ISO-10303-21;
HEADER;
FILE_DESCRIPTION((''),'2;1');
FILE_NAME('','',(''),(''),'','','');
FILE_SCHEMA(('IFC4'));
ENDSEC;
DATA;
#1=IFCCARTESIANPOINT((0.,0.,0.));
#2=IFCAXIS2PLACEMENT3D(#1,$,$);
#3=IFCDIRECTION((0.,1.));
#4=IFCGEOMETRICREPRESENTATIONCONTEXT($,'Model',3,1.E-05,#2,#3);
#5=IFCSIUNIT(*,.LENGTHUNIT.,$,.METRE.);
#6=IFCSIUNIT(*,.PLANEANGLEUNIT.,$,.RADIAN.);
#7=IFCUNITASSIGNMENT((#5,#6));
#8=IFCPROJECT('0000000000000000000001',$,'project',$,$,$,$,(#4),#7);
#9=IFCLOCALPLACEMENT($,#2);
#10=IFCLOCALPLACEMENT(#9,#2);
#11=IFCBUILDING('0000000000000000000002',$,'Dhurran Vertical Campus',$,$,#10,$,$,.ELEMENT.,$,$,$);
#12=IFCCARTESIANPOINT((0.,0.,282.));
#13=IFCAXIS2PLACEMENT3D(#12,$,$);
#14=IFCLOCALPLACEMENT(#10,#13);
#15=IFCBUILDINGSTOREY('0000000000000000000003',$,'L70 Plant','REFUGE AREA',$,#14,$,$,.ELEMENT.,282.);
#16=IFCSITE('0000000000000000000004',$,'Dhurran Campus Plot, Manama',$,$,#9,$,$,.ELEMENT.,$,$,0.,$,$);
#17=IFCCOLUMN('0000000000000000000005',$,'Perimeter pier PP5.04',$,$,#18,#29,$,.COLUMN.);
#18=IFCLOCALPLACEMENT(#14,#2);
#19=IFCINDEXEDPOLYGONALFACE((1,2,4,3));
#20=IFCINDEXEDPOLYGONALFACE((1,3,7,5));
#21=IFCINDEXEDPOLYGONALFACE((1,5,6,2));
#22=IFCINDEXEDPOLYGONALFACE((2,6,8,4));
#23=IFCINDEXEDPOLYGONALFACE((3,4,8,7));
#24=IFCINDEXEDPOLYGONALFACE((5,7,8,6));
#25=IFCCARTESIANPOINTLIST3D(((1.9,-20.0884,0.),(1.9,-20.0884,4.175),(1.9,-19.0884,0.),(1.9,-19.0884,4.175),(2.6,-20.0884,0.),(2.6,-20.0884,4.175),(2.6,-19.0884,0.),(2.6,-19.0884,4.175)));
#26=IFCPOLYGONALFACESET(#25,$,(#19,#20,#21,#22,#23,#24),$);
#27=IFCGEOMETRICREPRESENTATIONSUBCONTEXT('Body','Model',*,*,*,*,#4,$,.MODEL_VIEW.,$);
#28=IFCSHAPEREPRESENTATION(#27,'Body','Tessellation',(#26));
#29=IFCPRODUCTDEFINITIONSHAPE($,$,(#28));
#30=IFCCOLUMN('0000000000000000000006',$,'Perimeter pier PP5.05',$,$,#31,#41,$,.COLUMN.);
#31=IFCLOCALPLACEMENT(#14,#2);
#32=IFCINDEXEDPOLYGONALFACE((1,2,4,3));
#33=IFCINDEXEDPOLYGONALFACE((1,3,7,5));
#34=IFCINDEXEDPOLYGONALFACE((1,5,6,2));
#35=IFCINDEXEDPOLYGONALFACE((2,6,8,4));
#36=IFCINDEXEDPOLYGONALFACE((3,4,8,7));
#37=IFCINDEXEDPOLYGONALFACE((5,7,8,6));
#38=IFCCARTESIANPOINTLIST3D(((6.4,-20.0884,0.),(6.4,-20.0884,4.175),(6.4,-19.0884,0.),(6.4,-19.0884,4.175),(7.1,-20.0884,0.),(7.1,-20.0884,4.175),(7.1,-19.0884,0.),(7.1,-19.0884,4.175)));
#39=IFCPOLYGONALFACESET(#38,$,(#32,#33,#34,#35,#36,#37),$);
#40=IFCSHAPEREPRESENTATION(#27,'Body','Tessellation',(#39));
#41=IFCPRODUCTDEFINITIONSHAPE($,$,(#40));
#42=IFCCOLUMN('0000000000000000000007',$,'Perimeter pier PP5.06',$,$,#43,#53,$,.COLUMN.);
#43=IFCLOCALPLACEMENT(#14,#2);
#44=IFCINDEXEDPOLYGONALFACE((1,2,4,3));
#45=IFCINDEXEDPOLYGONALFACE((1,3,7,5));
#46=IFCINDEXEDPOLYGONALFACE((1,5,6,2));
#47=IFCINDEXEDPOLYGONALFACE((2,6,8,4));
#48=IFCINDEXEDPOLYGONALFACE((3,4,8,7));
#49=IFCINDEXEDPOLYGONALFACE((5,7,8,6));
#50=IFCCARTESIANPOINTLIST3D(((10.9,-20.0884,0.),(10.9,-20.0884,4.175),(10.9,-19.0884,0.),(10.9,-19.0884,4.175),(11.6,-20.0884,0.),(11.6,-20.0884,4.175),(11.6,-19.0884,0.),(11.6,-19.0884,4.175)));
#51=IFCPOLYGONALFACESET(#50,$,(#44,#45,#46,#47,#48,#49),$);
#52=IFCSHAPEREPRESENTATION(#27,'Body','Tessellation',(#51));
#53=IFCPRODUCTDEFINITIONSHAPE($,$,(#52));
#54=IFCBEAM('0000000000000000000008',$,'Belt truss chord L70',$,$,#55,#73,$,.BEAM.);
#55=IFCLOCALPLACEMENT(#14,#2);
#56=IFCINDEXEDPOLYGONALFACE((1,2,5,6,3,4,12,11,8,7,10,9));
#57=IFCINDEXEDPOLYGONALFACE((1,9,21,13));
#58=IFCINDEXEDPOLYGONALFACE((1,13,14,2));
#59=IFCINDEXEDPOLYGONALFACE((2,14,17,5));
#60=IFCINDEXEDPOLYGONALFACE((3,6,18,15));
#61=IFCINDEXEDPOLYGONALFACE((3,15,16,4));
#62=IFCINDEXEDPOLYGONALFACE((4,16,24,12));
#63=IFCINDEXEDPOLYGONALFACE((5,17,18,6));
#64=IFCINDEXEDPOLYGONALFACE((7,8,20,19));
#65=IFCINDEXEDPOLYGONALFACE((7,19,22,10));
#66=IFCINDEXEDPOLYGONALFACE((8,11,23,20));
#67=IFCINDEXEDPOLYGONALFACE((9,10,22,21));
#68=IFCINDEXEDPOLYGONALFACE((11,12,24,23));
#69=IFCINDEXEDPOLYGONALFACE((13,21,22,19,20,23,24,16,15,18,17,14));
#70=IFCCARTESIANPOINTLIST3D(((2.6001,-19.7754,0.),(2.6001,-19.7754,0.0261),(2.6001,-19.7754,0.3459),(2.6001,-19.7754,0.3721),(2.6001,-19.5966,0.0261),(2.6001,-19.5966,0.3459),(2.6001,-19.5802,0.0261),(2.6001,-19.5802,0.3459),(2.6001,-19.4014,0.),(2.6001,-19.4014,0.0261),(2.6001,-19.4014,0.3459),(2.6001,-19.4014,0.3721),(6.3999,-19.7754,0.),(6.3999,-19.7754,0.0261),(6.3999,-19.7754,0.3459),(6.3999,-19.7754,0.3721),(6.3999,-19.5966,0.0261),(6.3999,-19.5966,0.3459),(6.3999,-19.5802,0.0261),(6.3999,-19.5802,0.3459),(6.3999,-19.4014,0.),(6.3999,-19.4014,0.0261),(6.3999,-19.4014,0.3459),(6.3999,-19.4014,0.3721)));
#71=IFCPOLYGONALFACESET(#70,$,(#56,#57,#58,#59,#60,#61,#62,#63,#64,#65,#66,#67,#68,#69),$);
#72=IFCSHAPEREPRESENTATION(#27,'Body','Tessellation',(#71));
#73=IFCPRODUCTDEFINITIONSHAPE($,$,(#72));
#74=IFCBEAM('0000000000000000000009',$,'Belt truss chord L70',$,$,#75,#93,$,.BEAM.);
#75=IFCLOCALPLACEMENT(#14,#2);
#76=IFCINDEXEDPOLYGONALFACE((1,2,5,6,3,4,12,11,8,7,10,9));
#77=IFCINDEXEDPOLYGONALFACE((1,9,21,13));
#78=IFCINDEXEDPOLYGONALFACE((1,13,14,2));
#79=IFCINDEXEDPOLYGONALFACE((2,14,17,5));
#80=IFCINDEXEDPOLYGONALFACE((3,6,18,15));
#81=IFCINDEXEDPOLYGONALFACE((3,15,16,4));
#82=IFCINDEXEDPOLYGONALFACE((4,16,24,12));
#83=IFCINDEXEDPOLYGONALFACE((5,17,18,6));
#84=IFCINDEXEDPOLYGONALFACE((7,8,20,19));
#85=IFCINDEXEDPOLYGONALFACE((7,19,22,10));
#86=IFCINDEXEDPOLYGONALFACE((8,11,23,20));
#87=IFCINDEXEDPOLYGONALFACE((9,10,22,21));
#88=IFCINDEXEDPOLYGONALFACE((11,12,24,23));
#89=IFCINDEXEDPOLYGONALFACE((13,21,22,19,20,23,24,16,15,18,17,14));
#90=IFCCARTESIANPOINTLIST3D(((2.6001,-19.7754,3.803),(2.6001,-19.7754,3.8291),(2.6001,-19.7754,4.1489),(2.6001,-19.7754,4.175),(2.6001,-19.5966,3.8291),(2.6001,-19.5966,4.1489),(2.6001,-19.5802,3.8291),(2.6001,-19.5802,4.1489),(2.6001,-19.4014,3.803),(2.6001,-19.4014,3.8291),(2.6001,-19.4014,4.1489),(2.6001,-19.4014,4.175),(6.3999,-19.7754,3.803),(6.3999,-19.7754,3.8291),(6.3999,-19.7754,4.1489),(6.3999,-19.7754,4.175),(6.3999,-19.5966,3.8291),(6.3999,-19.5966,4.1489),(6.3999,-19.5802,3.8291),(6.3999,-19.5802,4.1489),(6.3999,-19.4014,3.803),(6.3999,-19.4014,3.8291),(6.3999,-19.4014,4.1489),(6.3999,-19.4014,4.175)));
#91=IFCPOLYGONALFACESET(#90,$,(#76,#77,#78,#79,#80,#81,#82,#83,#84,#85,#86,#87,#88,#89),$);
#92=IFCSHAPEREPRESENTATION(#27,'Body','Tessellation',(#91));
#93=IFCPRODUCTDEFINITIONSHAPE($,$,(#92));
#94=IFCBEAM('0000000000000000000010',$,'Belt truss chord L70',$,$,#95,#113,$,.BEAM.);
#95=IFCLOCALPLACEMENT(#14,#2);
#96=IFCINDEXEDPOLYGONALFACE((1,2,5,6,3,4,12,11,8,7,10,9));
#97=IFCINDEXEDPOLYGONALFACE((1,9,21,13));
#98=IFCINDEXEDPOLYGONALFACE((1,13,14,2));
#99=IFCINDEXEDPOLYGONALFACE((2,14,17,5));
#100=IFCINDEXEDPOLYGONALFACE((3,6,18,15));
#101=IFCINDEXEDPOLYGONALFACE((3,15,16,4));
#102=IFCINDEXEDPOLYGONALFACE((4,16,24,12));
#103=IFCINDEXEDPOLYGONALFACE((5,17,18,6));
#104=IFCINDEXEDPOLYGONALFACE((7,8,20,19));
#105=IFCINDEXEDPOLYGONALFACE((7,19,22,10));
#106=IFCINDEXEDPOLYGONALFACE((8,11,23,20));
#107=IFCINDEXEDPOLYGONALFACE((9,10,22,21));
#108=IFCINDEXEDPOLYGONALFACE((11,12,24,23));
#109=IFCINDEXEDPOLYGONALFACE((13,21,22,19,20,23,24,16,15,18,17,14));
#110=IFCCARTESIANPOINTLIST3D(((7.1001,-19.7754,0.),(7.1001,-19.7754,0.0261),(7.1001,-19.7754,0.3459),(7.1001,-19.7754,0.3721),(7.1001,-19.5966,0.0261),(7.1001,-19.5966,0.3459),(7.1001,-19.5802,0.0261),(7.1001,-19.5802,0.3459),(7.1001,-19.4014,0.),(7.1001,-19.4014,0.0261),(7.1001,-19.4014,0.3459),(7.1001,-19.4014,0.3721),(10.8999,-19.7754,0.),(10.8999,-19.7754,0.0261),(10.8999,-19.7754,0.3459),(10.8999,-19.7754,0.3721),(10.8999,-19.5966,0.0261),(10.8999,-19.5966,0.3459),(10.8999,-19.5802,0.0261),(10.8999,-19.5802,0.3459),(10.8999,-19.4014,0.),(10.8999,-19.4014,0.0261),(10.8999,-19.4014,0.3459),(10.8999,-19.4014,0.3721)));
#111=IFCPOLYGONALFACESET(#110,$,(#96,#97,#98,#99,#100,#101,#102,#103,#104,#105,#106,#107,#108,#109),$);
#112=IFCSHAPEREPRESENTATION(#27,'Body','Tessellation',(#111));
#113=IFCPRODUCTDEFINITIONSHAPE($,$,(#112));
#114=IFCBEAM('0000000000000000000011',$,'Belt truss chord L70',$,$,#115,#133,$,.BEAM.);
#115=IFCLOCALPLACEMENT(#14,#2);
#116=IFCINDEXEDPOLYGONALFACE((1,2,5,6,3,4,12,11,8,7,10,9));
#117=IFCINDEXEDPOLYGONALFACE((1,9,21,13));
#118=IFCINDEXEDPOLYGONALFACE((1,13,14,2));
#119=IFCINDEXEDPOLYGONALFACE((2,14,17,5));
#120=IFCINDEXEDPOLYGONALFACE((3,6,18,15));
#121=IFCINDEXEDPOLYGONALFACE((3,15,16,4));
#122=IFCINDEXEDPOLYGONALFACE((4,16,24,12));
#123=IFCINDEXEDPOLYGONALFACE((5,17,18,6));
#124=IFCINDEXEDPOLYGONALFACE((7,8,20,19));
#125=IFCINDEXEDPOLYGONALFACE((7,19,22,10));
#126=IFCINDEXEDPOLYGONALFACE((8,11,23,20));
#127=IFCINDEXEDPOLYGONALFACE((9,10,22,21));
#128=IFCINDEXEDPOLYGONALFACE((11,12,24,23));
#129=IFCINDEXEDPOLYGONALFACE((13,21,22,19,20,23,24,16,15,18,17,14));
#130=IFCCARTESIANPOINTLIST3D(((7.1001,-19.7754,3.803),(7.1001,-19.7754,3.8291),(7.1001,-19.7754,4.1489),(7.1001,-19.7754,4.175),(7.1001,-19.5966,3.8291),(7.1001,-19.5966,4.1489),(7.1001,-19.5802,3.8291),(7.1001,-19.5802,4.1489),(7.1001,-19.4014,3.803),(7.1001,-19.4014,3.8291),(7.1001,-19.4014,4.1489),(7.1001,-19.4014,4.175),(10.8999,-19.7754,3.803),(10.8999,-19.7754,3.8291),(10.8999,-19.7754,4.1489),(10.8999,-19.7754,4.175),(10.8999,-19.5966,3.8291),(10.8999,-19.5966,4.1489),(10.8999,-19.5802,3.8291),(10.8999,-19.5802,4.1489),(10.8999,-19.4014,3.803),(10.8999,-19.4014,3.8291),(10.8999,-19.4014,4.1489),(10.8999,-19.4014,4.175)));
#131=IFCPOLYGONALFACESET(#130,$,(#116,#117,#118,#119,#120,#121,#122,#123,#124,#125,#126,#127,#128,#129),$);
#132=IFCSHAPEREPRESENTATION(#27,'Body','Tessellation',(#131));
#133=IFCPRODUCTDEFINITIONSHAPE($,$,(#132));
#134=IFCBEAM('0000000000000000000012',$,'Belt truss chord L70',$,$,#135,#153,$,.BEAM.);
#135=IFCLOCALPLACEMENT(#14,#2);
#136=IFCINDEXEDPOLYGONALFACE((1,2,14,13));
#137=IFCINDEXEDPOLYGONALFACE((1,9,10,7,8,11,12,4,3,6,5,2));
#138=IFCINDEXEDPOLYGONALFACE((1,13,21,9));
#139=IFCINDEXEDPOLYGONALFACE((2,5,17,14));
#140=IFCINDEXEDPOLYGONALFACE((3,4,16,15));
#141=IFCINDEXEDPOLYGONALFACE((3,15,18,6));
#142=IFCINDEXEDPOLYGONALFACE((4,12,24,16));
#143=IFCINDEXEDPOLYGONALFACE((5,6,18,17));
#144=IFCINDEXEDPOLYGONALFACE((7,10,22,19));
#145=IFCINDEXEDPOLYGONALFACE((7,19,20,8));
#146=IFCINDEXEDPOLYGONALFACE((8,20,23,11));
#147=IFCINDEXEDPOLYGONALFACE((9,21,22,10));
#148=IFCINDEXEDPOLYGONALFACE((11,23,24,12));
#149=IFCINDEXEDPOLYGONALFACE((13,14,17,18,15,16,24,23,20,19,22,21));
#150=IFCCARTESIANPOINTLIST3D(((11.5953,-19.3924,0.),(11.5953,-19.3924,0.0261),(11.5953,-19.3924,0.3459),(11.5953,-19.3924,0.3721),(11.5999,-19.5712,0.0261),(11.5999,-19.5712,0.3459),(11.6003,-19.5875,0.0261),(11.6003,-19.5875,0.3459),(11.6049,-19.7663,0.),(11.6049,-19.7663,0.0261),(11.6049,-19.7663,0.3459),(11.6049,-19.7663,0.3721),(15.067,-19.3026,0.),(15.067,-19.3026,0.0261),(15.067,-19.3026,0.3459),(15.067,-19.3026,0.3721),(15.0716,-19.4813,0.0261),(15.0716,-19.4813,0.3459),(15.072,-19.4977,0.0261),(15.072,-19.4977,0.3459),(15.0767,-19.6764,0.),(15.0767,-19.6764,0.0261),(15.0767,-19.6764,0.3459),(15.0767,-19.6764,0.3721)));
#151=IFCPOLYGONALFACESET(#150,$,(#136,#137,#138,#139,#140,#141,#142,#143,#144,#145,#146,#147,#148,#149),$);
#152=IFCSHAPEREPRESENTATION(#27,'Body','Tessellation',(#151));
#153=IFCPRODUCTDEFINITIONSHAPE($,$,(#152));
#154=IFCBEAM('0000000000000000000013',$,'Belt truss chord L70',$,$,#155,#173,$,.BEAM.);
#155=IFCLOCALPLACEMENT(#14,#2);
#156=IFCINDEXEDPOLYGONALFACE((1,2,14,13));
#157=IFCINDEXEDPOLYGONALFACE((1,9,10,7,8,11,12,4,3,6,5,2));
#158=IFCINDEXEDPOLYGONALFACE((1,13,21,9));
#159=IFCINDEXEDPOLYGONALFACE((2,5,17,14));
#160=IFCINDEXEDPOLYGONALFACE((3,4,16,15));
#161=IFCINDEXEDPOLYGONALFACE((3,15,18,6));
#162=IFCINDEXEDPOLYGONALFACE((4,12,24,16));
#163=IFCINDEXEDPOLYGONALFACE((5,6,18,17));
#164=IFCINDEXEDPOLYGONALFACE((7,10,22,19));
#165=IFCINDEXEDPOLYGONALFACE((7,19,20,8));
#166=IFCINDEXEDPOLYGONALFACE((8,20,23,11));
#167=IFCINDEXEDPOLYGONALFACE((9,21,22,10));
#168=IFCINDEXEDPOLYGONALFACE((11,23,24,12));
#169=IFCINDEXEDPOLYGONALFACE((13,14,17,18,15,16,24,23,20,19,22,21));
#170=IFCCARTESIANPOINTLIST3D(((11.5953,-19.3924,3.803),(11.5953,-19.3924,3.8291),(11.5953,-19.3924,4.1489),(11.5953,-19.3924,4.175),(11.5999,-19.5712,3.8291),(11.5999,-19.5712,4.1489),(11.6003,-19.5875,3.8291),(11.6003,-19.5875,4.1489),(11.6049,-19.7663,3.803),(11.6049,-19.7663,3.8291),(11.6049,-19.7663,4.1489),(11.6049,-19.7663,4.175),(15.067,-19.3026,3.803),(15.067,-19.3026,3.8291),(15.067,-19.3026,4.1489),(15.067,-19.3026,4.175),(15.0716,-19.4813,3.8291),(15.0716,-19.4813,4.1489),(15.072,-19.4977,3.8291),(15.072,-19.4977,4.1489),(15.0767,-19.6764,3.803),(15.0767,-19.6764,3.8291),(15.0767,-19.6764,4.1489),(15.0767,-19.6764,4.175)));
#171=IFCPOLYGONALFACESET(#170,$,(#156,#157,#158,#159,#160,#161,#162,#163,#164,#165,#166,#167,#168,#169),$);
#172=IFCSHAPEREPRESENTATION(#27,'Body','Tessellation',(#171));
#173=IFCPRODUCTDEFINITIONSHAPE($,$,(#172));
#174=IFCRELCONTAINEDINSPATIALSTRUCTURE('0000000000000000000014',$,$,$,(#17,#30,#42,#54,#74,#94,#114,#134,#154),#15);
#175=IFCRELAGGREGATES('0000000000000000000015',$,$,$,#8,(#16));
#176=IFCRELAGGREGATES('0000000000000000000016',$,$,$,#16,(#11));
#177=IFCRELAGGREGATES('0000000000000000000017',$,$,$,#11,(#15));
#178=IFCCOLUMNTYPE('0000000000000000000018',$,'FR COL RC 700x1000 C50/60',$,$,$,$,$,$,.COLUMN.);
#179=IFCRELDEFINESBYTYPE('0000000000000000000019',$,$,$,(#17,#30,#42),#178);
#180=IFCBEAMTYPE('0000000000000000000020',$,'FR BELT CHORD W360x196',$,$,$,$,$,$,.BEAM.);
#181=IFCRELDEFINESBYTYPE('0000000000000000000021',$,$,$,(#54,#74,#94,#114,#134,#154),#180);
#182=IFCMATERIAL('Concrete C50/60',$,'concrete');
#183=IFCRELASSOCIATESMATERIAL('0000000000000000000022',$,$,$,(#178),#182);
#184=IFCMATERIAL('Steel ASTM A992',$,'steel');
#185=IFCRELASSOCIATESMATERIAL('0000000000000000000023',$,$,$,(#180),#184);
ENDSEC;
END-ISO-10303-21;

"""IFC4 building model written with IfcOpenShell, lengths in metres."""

from ifc_helpers import new_model, si_unit, direction, frame, origin, origin_2d, place, context, subcontext, project, spatial, rectangle, i_section, extrude, material, material_profile, profile_set, type_object, element, save


model = new_model("IFC4")

# Units and contexts
model_context = context("Model", 3, precision=1e-05, world=origin(), true_north=direction((0.0, 1.0)))
body_context = subcontext(model_context, "Body", "Model", "MODEL_VIEW")
ifc_project = project(units=[si_unit("LENGTHUNIT", "METRE"), si_unit("PLANEANGLEUNIT", "RADIAN")], contexts=[model_context])

# Site, building, storey
site_placement = place(None, origin())
site = spatial("IfcSite", under=ifc_project, at=site_placement, Name="Dhurran Campus Plot, Manama", CompositionType="ELEMENT", RefElevation=0.0)
building_placement = place(site_placement, origin())
building = spatial("IfcBuilding", under=site, at=building_placement, Name="Dhurran Vertical Campus", CompositionType="ELEMENT")
storey_placement = place(building_placement, frame((0.0, 0.0, 282.0)))
storey = spatial("IfcBuildingStorey", under=building, at=storey_placement, Name="L70 Plant", Description="REFUGE AREA", CompositionType="ELEMENT", Elevation=282.0)

# Columns
ifc_material_1 = material(Name="Concrete C50/60", Category="concrete")
ifc_material_profile_1 = material_profile(ifc_material_1, rectangle(XDim=0.7, YDim=1.0, at=origin_2d()), Name="RC 700x1000")
ifc_profile_set_1 = profile_set([ifc_material_profile_1], Name="Concrete C50/60")
column_type = type_object("IfcColumnType", Name="FR COL RC 700x1000 C50/60", PredefinedType="COLUMN", material=ifc_profile_set_1)
for number, where, z_axis, x_axis, name in (
    (1, (2.25, -19.5884, 0.0), (0.0, 0.0, 1.0), (1.0, 0.0, 0.0), "Perimeter pier PP5.04"),
    (2, (6.75, -19.5884, 0.0), (0.0, 0.0, 1.0), (1.0, 0.0, 0.0), "Perimeter pier PP5.05"),
    (3, (11.25, -19.5884, 0.0), (0.0, 0.0, 1.0), (1.0, 0.0, 0.0), "Perimeter pier PP5.06"),
):
    element("IfcColumn", number, at=place(storey_placement, frame(where, z_axis=z_axis, x_axis=x_axis)), inside=storey, type_object=column_type, Name=name, PredefinedType="COLUMN", context=body_context, shape_type="SweptSolid", body=[
        extrude(rectangle(XDim=0.7, YDim=1.0, at=origin_2d()), origin(), (0.0, 0.0, 1.0), 4.175),
    ])

# Beams
ifc_material_2 = material(Name="Steel ASTM A992", Category="steel")
ifc_material_profile_2 = material_profile(ifc_material_2, i_section(OverallWidth=0.374, OverallDepth=0.3721, WebThickness=0.0164, FlangeThickness=0.0261, at=origin_2d()), Name="W360x196")
ifc_profile_set_2 = profile_set([ifc_material_profile_2], Name="Steel ASTM A992")
beam_type = type_object("IfcBeamType", Name="FR BELT CHORD W360x196", PredefinedType="BEAM", material=ifc_profile_set_2)
for number, where, z_axis, x_axis, name in (
    (4, (2.6001, -19.5884, 0.186), (1.0, 0.0, 0.0), (0.0, 1.0, 0.0), "Belt truss chord L70"),
    (5, (2.6001, -19.5884, 3.989), (1.0, 0.0, 0.0), (0.0, 1.0, 0.0), "Belt truss chord L70"),
    (6, (7.1001, -19.5884, 0.186), (1.0, 0.0, 0.0), (0.0, 1.0, 0.0), "Belt truss chord L70"),
    (7, (7.1001, -19.5884, 3.989), (1.0, 0.0, 0.0), (0.0, 1.0, 0.0), "Belt truss chord L70"),
):
    element("IfcBeam", number, at=place(storey_placement, frame(where, z_axis=z_axis, x_axis=x_axis)), inside=storey, type_object=beam_type, Name=name, PredefinedType="BEAM", context=body_context, shape_type="SweptSolid", body=[
        extrude(i_section(OverallWidth=0.374, OverallDepth=0.3721, WebThickness=0.0164, FlangeThickness=0.0261, at=origin_2d()), origin(), (0.0, 0.0, 1.0), 3.7998),
    ])
for number, where, z_axis, x_axis, name in (
    (8, (11.6001, -19.5793, 0.186), (0.999665, 0.02587, 0.0), (-0.02587, 0.999665, 0.0), "Belt truss chord L70"),
    (9, (11.6001, -19.5793, 3.989), (0.999665, 0.02587, 0.0), (-0.02587, 0.999665, 0.0), "Belt truss chord L70"),
):
    element("IfcBeam", number, at=place(storey_placement, frame(where, z_axis=z_axis, x_axis=x_axis)), inside=storey, type_object=beam_type, Name=name, PredefinedType="BEAM", context=body_context, shape_type="SweptSolid", body=[
        extrude(i_section(OverallWidth=0.374, OverallDepth=0.3721, WebThickness=0.0164, FlangeThickness=0.0261, at=origin_2d()), origin(), (0.0, 0.0, 1.0), 3.4729),
    ])

save(model, "model.ifc")
